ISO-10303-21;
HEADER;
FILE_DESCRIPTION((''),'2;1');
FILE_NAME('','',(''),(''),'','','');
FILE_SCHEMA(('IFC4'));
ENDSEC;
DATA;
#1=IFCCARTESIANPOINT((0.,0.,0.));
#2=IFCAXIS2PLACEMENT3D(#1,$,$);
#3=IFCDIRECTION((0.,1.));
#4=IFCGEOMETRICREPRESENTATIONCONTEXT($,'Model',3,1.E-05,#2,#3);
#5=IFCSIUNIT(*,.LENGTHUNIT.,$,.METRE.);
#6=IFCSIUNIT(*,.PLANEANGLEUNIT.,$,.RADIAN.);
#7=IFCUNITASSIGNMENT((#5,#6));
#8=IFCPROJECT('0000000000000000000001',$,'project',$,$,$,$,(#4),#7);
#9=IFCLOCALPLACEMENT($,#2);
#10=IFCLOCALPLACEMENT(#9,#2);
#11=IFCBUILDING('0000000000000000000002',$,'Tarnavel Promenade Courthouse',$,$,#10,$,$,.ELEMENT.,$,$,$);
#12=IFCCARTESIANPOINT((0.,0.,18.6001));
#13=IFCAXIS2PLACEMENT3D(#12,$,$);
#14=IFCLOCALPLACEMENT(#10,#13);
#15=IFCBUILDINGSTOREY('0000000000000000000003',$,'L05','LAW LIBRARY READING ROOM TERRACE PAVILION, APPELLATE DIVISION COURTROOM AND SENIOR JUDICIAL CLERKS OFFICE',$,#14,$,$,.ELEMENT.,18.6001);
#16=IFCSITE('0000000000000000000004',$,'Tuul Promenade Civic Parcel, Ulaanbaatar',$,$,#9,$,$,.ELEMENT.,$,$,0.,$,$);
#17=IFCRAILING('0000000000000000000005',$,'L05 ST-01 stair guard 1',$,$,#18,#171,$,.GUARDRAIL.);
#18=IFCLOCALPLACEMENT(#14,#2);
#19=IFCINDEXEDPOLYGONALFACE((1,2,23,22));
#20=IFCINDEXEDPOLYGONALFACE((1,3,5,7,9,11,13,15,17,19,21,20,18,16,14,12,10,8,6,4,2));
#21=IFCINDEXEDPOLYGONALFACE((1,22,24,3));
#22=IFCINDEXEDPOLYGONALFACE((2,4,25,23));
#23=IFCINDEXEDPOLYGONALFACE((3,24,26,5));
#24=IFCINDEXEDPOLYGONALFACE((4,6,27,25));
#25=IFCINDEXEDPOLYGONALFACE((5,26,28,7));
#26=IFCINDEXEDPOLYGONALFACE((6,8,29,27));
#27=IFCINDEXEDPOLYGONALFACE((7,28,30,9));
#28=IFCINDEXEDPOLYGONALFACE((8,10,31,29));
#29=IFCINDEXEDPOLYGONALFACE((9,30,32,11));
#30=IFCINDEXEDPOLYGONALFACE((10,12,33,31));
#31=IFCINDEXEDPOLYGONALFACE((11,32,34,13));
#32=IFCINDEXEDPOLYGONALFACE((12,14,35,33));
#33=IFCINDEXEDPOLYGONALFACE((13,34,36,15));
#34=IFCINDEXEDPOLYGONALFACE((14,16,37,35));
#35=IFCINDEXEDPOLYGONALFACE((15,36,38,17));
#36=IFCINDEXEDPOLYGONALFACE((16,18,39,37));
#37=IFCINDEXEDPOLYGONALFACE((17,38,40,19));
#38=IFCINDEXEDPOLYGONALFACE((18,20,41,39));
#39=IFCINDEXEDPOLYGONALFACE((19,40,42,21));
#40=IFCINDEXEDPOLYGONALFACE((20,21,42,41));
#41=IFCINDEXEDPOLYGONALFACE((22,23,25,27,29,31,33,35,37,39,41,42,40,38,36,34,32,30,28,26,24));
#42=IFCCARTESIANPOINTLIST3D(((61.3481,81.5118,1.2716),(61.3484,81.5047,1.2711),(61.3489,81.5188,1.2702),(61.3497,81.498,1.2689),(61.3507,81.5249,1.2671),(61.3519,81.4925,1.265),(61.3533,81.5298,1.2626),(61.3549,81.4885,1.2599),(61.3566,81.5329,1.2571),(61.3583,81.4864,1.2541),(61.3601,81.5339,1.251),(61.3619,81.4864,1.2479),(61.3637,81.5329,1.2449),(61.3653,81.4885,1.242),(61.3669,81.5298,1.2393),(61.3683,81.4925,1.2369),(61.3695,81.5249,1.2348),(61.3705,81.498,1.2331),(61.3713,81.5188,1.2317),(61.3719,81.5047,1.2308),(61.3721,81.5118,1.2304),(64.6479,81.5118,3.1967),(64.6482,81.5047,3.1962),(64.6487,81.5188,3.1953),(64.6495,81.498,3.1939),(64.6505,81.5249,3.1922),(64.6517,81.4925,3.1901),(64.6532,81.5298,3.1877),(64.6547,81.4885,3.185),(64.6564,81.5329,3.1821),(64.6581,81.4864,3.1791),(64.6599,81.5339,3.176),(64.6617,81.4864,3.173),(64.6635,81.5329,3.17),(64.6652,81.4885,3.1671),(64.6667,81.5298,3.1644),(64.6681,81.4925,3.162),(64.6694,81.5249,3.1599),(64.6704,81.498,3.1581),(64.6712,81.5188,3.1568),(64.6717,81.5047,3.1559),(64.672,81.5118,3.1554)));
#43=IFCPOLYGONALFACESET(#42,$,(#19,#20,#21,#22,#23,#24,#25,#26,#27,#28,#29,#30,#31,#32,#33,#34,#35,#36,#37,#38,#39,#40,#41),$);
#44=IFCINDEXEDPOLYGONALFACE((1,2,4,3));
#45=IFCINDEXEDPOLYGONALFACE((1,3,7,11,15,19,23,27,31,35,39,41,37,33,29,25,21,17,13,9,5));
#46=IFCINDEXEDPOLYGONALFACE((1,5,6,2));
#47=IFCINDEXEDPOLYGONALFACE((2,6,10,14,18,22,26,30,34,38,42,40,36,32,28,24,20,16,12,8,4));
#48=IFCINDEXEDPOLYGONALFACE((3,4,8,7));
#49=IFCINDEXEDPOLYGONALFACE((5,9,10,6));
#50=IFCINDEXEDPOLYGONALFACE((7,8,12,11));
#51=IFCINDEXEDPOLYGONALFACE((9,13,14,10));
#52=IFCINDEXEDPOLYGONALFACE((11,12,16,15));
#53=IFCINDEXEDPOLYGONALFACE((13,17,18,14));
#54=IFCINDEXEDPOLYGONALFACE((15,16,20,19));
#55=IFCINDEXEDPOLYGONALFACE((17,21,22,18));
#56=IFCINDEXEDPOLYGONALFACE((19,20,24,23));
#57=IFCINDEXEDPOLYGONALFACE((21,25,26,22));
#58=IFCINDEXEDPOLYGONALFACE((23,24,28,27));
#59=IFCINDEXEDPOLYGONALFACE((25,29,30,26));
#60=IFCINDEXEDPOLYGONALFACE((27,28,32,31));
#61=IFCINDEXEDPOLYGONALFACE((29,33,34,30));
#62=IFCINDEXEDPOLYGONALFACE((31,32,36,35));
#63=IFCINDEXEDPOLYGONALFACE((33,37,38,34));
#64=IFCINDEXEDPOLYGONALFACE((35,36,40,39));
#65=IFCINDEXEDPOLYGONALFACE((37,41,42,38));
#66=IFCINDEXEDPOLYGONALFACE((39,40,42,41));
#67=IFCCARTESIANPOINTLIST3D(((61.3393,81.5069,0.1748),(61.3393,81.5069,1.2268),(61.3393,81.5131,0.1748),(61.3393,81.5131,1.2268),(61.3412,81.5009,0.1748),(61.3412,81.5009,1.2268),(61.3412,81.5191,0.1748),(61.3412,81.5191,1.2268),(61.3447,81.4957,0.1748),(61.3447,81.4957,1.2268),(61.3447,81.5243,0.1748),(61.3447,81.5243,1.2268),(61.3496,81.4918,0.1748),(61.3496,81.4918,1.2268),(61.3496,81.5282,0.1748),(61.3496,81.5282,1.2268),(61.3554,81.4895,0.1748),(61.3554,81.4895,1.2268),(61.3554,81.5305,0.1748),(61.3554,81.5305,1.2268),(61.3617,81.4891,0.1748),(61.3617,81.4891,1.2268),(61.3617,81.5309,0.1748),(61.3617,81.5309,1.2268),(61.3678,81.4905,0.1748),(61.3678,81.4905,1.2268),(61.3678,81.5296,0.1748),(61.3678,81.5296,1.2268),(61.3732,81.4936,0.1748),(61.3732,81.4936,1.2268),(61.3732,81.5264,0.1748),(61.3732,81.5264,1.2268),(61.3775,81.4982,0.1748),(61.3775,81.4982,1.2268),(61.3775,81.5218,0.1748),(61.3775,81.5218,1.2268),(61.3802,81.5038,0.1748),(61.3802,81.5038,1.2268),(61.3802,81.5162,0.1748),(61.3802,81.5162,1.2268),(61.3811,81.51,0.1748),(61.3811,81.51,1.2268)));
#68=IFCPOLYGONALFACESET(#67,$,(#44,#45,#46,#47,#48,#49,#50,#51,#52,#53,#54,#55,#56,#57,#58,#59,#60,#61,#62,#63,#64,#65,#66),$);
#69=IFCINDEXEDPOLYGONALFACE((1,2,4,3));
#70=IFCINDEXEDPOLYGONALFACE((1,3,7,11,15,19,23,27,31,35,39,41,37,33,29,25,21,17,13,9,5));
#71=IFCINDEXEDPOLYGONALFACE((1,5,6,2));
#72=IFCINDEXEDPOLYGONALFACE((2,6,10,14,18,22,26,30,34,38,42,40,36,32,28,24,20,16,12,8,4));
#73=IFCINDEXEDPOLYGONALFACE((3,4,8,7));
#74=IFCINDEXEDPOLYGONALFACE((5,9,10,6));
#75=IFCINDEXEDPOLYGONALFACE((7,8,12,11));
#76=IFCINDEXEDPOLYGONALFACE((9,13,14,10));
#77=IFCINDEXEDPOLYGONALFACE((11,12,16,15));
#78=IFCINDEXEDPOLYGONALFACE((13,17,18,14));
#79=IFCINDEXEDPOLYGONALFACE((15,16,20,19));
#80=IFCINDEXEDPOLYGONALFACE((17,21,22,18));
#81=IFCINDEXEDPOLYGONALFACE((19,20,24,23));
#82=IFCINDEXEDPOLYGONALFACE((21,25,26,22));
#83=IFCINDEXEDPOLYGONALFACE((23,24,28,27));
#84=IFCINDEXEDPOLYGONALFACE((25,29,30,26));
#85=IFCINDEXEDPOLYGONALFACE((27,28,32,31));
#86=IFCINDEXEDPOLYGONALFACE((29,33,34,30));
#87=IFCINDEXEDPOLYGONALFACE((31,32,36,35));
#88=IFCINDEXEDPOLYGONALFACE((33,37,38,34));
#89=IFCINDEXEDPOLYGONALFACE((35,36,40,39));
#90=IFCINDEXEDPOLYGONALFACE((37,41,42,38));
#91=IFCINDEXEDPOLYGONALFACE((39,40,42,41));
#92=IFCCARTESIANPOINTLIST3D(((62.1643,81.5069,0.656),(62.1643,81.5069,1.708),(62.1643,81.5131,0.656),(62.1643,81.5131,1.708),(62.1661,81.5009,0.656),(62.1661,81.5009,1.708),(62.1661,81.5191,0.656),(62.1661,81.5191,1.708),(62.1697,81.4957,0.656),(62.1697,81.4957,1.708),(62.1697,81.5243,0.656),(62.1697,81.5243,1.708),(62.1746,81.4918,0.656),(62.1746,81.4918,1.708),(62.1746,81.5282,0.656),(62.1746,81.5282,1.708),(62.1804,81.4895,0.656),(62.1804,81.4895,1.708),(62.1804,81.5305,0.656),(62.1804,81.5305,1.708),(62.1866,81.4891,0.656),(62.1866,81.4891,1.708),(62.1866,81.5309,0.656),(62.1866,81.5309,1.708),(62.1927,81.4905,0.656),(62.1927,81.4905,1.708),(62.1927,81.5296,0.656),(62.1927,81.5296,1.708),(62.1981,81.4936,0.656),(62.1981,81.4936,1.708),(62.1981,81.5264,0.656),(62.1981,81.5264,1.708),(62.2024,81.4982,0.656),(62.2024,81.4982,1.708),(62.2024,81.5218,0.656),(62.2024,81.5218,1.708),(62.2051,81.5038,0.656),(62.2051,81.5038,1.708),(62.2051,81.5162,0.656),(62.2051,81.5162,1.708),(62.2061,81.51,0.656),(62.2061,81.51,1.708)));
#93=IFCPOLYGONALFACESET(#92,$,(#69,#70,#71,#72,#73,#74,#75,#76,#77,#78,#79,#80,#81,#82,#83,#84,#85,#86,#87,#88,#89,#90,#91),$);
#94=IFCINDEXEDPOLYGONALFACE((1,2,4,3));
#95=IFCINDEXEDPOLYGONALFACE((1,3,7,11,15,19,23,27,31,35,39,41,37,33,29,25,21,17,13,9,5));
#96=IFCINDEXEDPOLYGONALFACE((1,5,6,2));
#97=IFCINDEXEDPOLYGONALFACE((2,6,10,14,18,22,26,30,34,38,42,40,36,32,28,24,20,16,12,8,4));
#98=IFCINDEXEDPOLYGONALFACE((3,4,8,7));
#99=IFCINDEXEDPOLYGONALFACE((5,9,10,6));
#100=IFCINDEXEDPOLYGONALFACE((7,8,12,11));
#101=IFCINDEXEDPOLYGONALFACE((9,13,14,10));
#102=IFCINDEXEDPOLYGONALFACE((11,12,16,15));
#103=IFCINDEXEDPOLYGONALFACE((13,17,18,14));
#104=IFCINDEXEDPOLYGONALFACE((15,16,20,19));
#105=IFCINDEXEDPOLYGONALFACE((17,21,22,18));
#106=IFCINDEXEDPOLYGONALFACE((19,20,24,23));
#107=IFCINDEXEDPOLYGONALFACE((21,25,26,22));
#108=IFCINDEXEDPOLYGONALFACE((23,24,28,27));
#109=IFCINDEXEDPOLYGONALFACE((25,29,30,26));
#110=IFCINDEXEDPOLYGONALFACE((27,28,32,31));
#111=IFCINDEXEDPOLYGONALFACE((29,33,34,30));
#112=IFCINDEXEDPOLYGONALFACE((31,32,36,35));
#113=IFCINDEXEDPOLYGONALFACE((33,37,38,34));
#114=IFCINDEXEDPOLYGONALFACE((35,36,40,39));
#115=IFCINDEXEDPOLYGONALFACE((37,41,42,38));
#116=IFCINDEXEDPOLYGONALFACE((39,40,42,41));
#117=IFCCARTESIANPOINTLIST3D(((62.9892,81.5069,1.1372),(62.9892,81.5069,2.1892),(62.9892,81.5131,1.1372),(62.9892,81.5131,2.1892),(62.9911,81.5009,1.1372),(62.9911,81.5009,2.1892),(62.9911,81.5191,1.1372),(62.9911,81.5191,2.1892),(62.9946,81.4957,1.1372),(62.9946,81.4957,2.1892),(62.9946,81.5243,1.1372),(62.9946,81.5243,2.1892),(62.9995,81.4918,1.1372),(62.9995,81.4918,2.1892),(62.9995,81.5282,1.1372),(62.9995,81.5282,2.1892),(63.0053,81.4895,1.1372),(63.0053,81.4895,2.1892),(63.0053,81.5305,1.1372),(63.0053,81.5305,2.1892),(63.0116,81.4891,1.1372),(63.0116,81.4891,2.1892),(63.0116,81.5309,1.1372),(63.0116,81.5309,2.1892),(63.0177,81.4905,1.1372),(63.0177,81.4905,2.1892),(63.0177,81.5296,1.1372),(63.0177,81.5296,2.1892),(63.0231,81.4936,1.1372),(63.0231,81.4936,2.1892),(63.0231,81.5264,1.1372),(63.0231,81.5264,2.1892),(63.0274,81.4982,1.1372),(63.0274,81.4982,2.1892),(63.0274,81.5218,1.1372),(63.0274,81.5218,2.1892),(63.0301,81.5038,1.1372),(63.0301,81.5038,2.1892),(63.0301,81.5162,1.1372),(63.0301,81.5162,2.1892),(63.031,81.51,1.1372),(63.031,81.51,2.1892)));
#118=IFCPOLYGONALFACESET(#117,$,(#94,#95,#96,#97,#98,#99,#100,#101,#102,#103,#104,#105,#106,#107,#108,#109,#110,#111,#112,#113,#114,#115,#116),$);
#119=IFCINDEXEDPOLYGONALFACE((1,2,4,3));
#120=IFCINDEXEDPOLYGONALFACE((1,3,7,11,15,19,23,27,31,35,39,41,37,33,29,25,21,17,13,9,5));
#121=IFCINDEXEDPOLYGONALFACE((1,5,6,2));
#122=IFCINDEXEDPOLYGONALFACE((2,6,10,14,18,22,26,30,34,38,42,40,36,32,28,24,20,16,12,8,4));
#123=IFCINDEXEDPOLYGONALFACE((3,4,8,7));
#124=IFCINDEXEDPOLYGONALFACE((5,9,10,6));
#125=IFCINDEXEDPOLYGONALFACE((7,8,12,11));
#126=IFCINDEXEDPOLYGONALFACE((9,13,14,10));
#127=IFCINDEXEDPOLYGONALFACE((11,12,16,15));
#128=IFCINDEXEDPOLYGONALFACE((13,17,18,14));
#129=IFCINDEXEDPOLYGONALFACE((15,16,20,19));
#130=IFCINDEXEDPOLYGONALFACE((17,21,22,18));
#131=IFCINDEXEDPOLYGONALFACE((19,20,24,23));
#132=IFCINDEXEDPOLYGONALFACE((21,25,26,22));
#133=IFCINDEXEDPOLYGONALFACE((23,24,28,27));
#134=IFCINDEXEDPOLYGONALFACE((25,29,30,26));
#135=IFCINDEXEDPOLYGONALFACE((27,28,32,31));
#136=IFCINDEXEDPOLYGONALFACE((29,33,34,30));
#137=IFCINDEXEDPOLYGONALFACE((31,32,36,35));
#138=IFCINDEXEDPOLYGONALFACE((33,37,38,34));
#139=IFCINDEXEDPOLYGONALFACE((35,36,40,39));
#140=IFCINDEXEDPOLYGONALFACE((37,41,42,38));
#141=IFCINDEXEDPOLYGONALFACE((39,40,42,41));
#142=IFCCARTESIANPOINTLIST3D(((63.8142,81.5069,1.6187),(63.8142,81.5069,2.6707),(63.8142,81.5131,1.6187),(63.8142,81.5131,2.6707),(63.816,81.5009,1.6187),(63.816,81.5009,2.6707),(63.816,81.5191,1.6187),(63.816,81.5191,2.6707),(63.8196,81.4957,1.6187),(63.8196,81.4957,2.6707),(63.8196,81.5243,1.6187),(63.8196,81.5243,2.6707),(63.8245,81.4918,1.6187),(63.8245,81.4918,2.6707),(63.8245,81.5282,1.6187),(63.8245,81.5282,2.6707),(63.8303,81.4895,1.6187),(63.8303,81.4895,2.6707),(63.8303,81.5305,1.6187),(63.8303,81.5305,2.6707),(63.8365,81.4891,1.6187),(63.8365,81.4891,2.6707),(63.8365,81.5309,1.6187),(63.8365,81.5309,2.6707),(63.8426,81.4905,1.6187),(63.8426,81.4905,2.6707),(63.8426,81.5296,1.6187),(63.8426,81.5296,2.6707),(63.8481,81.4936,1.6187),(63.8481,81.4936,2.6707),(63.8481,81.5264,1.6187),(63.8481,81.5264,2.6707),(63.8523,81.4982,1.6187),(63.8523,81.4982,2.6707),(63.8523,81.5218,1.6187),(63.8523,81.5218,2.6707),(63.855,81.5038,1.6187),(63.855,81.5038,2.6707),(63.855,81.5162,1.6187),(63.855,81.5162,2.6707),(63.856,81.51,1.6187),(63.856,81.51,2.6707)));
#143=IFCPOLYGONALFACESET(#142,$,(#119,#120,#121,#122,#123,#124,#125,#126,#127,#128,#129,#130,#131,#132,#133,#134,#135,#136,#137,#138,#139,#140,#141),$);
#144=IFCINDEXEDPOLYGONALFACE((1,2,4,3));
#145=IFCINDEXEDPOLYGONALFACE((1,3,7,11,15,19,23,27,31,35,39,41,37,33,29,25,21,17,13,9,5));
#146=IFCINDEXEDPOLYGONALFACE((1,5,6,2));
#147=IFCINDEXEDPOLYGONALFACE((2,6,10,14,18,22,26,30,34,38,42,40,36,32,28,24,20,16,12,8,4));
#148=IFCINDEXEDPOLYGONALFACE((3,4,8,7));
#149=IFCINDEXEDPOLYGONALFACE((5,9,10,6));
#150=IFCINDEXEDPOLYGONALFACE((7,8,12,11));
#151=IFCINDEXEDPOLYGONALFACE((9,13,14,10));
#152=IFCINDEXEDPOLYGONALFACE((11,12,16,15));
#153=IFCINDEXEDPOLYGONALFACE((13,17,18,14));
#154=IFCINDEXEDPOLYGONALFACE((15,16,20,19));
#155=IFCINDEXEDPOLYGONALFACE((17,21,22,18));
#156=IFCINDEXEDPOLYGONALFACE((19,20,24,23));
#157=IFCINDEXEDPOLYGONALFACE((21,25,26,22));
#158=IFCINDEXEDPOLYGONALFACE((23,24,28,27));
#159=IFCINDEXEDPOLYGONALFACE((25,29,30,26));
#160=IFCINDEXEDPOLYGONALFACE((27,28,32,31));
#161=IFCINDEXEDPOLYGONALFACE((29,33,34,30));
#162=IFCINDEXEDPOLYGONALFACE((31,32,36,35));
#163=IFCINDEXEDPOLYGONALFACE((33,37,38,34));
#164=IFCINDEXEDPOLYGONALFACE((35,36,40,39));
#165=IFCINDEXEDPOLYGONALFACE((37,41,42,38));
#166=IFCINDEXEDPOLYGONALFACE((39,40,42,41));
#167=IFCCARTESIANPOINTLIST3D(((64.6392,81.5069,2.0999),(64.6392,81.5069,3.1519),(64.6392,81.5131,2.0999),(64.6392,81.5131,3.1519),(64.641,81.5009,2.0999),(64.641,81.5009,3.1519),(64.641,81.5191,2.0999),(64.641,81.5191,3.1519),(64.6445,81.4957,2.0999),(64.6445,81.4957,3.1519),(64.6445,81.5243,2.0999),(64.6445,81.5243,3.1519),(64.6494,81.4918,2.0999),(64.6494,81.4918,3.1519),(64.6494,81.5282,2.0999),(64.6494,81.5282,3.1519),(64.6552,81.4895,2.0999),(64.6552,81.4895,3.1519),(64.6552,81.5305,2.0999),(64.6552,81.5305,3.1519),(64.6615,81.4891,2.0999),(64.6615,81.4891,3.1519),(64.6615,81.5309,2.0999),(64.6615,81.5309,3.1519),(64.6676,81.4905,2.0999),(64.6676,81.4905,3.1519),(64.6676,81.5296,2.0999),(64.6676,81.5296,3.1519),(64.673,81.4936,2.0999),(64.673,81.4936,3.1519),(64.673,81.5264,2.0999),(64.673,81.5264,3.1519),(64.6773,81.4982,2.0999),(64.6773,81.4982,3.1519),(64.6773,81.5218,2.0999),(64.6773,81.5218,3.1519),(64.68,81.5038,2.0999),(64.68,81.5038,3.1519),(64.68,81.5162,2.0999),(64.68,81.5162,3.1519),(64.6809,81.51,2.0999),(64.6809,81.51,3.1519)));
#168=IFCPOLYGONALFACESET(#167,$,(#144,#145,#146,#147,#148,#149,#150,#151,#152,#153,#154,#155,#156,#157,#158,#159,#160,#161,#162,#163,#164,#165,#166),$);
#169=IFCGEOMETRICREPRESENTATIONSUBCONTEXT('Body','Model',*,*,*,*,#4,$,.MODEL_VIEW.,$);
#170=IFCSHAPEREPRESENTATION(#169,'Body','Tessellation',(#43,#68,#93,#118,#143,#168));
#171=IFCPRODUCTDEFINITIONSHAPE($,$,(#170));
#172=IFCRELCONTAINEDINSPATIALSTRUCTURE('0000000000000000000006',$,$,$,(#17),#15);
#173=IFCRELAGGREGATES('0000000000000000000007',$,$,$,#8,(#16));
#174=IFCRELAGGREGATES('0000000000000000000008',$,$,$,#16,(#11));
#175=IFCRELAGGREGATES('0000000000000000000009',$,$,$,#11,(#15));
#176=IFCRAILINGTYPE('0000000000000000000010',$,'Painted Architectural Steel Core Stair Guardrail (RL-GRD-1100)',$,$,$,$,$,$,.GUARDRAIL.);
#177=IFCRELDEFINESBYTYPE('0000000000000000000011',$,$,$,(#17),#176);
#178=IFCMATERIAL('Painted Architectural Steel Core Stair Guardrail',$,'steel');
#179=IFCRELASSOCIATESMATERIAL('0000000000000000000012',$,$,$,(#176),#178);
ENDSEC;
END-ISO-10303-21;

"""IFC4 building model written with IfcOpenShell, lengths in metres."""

from ifc_helpers import new_model, si_unit, direction, frame, origin, origin_2d, place, context, subcontext, project, spatial, circle, extrude, material, type_object, element, save


model = new_model("IFC4")

# Units and contexts
model_context = context("Model", 3, precision=1e-05, world=origin(), true_north=direction((0.0, 1.0)))
body_context = subcontext(model_context, "Body", "Model", "MODEL_VIEW")
ifc_project = project(units=[si_unit("LENGTHUNIT", "METRE"), si_unit("PLANEANGLEUNIT", "RADIAN")], contexts=[model_context])

# Site, building, storey
site_placement = place(None, origin())
site = spatial("IfcSite", under=ifc_project, at=site_placement, Name="Tuul Promenade Civic Parcel, Ulaanbaatar", CompositionType="ELEMENT", RefElevation=0.0)
building_placement = place(site_placement, origin())
building = spatial("IfcBuilding", under=site, at=building_placement, Name="Tarnavel Promenade Courthouse", CompositionType="ELEMENT")
storey_placement = place(building_placement, frame((0.0, 0.0, 18.6001)))
storey = spatial("IfcBuildingStorey", under=building, at=storey_placement, Name="L05", Description="LAW LIBRARY READING ROOM TERRACE PAVILION, APPELLATE DIVISION COURTROOM AND SENIOR JUDICIAL CLERKS OFFICE", CompositionType="ELEMENT", Elevation=18.6001)

# Railing
ifc_material_1 = material(Name="Painted Architectural Steel Core Stair Guardrail", Category="steel")
railing_type_1 = type_object("IfcRailingType", Name="Painted Architectural Steel Core Stair Guardrail (RL-GRD-1100)", PredefinedType="GUARDRAIL", material=ifc_material_1)
railing_1_placement = place(storey_placement, frame((61.3601, 81.51, 0.1748)))
element("IfcRailing", 1, at=railing_1_placement, inside=storey, type_object=railing_type_1, Name="L05 ST-01 stair guard 1", PredefinedType="GUARDRAIL", context=body_context, shape_type="SweptSolid", body=[
    extrude(circle(Radius=0.0239, at=origin_2d()), frame((0.0, 0.0, 1.0762), z_axis=(0.86376, 0.0, 0.503903), x_axis=(0.0, 1.0, 0.0)), (0.0, 0.0, 1.0), 3.8203),
    extrude(circle(Radius=0.021, at=origin_2d()), origin(), (0.0, 0.0, 1.0), 1.052),
    extrude(circle(Radius=0.021, at=origin_2d()), frame((0.825, 0.0, 0.4812)), (0.0, 0.0, 1.0), 1.052),
    extrude(circle(Radius=0.021, at=origin_2d()), frame((1.6499, 0.0, 0.9624)), (0.0, 0.0, 1.0), 1.052),
    extrude(circle(Radius=0.021, at=origin_2d()), frame((2.4749, 0.0, 1.4438)), (0.0, 0.0, 1.0), 1.052),
    extrude(circle(Radius=0.021, at=origin_2d()), frame((3.2998, 0.0, 1.925)), (0.0, 0.0, 1.0), 1.052),
])

save(model, "model.ifc")
